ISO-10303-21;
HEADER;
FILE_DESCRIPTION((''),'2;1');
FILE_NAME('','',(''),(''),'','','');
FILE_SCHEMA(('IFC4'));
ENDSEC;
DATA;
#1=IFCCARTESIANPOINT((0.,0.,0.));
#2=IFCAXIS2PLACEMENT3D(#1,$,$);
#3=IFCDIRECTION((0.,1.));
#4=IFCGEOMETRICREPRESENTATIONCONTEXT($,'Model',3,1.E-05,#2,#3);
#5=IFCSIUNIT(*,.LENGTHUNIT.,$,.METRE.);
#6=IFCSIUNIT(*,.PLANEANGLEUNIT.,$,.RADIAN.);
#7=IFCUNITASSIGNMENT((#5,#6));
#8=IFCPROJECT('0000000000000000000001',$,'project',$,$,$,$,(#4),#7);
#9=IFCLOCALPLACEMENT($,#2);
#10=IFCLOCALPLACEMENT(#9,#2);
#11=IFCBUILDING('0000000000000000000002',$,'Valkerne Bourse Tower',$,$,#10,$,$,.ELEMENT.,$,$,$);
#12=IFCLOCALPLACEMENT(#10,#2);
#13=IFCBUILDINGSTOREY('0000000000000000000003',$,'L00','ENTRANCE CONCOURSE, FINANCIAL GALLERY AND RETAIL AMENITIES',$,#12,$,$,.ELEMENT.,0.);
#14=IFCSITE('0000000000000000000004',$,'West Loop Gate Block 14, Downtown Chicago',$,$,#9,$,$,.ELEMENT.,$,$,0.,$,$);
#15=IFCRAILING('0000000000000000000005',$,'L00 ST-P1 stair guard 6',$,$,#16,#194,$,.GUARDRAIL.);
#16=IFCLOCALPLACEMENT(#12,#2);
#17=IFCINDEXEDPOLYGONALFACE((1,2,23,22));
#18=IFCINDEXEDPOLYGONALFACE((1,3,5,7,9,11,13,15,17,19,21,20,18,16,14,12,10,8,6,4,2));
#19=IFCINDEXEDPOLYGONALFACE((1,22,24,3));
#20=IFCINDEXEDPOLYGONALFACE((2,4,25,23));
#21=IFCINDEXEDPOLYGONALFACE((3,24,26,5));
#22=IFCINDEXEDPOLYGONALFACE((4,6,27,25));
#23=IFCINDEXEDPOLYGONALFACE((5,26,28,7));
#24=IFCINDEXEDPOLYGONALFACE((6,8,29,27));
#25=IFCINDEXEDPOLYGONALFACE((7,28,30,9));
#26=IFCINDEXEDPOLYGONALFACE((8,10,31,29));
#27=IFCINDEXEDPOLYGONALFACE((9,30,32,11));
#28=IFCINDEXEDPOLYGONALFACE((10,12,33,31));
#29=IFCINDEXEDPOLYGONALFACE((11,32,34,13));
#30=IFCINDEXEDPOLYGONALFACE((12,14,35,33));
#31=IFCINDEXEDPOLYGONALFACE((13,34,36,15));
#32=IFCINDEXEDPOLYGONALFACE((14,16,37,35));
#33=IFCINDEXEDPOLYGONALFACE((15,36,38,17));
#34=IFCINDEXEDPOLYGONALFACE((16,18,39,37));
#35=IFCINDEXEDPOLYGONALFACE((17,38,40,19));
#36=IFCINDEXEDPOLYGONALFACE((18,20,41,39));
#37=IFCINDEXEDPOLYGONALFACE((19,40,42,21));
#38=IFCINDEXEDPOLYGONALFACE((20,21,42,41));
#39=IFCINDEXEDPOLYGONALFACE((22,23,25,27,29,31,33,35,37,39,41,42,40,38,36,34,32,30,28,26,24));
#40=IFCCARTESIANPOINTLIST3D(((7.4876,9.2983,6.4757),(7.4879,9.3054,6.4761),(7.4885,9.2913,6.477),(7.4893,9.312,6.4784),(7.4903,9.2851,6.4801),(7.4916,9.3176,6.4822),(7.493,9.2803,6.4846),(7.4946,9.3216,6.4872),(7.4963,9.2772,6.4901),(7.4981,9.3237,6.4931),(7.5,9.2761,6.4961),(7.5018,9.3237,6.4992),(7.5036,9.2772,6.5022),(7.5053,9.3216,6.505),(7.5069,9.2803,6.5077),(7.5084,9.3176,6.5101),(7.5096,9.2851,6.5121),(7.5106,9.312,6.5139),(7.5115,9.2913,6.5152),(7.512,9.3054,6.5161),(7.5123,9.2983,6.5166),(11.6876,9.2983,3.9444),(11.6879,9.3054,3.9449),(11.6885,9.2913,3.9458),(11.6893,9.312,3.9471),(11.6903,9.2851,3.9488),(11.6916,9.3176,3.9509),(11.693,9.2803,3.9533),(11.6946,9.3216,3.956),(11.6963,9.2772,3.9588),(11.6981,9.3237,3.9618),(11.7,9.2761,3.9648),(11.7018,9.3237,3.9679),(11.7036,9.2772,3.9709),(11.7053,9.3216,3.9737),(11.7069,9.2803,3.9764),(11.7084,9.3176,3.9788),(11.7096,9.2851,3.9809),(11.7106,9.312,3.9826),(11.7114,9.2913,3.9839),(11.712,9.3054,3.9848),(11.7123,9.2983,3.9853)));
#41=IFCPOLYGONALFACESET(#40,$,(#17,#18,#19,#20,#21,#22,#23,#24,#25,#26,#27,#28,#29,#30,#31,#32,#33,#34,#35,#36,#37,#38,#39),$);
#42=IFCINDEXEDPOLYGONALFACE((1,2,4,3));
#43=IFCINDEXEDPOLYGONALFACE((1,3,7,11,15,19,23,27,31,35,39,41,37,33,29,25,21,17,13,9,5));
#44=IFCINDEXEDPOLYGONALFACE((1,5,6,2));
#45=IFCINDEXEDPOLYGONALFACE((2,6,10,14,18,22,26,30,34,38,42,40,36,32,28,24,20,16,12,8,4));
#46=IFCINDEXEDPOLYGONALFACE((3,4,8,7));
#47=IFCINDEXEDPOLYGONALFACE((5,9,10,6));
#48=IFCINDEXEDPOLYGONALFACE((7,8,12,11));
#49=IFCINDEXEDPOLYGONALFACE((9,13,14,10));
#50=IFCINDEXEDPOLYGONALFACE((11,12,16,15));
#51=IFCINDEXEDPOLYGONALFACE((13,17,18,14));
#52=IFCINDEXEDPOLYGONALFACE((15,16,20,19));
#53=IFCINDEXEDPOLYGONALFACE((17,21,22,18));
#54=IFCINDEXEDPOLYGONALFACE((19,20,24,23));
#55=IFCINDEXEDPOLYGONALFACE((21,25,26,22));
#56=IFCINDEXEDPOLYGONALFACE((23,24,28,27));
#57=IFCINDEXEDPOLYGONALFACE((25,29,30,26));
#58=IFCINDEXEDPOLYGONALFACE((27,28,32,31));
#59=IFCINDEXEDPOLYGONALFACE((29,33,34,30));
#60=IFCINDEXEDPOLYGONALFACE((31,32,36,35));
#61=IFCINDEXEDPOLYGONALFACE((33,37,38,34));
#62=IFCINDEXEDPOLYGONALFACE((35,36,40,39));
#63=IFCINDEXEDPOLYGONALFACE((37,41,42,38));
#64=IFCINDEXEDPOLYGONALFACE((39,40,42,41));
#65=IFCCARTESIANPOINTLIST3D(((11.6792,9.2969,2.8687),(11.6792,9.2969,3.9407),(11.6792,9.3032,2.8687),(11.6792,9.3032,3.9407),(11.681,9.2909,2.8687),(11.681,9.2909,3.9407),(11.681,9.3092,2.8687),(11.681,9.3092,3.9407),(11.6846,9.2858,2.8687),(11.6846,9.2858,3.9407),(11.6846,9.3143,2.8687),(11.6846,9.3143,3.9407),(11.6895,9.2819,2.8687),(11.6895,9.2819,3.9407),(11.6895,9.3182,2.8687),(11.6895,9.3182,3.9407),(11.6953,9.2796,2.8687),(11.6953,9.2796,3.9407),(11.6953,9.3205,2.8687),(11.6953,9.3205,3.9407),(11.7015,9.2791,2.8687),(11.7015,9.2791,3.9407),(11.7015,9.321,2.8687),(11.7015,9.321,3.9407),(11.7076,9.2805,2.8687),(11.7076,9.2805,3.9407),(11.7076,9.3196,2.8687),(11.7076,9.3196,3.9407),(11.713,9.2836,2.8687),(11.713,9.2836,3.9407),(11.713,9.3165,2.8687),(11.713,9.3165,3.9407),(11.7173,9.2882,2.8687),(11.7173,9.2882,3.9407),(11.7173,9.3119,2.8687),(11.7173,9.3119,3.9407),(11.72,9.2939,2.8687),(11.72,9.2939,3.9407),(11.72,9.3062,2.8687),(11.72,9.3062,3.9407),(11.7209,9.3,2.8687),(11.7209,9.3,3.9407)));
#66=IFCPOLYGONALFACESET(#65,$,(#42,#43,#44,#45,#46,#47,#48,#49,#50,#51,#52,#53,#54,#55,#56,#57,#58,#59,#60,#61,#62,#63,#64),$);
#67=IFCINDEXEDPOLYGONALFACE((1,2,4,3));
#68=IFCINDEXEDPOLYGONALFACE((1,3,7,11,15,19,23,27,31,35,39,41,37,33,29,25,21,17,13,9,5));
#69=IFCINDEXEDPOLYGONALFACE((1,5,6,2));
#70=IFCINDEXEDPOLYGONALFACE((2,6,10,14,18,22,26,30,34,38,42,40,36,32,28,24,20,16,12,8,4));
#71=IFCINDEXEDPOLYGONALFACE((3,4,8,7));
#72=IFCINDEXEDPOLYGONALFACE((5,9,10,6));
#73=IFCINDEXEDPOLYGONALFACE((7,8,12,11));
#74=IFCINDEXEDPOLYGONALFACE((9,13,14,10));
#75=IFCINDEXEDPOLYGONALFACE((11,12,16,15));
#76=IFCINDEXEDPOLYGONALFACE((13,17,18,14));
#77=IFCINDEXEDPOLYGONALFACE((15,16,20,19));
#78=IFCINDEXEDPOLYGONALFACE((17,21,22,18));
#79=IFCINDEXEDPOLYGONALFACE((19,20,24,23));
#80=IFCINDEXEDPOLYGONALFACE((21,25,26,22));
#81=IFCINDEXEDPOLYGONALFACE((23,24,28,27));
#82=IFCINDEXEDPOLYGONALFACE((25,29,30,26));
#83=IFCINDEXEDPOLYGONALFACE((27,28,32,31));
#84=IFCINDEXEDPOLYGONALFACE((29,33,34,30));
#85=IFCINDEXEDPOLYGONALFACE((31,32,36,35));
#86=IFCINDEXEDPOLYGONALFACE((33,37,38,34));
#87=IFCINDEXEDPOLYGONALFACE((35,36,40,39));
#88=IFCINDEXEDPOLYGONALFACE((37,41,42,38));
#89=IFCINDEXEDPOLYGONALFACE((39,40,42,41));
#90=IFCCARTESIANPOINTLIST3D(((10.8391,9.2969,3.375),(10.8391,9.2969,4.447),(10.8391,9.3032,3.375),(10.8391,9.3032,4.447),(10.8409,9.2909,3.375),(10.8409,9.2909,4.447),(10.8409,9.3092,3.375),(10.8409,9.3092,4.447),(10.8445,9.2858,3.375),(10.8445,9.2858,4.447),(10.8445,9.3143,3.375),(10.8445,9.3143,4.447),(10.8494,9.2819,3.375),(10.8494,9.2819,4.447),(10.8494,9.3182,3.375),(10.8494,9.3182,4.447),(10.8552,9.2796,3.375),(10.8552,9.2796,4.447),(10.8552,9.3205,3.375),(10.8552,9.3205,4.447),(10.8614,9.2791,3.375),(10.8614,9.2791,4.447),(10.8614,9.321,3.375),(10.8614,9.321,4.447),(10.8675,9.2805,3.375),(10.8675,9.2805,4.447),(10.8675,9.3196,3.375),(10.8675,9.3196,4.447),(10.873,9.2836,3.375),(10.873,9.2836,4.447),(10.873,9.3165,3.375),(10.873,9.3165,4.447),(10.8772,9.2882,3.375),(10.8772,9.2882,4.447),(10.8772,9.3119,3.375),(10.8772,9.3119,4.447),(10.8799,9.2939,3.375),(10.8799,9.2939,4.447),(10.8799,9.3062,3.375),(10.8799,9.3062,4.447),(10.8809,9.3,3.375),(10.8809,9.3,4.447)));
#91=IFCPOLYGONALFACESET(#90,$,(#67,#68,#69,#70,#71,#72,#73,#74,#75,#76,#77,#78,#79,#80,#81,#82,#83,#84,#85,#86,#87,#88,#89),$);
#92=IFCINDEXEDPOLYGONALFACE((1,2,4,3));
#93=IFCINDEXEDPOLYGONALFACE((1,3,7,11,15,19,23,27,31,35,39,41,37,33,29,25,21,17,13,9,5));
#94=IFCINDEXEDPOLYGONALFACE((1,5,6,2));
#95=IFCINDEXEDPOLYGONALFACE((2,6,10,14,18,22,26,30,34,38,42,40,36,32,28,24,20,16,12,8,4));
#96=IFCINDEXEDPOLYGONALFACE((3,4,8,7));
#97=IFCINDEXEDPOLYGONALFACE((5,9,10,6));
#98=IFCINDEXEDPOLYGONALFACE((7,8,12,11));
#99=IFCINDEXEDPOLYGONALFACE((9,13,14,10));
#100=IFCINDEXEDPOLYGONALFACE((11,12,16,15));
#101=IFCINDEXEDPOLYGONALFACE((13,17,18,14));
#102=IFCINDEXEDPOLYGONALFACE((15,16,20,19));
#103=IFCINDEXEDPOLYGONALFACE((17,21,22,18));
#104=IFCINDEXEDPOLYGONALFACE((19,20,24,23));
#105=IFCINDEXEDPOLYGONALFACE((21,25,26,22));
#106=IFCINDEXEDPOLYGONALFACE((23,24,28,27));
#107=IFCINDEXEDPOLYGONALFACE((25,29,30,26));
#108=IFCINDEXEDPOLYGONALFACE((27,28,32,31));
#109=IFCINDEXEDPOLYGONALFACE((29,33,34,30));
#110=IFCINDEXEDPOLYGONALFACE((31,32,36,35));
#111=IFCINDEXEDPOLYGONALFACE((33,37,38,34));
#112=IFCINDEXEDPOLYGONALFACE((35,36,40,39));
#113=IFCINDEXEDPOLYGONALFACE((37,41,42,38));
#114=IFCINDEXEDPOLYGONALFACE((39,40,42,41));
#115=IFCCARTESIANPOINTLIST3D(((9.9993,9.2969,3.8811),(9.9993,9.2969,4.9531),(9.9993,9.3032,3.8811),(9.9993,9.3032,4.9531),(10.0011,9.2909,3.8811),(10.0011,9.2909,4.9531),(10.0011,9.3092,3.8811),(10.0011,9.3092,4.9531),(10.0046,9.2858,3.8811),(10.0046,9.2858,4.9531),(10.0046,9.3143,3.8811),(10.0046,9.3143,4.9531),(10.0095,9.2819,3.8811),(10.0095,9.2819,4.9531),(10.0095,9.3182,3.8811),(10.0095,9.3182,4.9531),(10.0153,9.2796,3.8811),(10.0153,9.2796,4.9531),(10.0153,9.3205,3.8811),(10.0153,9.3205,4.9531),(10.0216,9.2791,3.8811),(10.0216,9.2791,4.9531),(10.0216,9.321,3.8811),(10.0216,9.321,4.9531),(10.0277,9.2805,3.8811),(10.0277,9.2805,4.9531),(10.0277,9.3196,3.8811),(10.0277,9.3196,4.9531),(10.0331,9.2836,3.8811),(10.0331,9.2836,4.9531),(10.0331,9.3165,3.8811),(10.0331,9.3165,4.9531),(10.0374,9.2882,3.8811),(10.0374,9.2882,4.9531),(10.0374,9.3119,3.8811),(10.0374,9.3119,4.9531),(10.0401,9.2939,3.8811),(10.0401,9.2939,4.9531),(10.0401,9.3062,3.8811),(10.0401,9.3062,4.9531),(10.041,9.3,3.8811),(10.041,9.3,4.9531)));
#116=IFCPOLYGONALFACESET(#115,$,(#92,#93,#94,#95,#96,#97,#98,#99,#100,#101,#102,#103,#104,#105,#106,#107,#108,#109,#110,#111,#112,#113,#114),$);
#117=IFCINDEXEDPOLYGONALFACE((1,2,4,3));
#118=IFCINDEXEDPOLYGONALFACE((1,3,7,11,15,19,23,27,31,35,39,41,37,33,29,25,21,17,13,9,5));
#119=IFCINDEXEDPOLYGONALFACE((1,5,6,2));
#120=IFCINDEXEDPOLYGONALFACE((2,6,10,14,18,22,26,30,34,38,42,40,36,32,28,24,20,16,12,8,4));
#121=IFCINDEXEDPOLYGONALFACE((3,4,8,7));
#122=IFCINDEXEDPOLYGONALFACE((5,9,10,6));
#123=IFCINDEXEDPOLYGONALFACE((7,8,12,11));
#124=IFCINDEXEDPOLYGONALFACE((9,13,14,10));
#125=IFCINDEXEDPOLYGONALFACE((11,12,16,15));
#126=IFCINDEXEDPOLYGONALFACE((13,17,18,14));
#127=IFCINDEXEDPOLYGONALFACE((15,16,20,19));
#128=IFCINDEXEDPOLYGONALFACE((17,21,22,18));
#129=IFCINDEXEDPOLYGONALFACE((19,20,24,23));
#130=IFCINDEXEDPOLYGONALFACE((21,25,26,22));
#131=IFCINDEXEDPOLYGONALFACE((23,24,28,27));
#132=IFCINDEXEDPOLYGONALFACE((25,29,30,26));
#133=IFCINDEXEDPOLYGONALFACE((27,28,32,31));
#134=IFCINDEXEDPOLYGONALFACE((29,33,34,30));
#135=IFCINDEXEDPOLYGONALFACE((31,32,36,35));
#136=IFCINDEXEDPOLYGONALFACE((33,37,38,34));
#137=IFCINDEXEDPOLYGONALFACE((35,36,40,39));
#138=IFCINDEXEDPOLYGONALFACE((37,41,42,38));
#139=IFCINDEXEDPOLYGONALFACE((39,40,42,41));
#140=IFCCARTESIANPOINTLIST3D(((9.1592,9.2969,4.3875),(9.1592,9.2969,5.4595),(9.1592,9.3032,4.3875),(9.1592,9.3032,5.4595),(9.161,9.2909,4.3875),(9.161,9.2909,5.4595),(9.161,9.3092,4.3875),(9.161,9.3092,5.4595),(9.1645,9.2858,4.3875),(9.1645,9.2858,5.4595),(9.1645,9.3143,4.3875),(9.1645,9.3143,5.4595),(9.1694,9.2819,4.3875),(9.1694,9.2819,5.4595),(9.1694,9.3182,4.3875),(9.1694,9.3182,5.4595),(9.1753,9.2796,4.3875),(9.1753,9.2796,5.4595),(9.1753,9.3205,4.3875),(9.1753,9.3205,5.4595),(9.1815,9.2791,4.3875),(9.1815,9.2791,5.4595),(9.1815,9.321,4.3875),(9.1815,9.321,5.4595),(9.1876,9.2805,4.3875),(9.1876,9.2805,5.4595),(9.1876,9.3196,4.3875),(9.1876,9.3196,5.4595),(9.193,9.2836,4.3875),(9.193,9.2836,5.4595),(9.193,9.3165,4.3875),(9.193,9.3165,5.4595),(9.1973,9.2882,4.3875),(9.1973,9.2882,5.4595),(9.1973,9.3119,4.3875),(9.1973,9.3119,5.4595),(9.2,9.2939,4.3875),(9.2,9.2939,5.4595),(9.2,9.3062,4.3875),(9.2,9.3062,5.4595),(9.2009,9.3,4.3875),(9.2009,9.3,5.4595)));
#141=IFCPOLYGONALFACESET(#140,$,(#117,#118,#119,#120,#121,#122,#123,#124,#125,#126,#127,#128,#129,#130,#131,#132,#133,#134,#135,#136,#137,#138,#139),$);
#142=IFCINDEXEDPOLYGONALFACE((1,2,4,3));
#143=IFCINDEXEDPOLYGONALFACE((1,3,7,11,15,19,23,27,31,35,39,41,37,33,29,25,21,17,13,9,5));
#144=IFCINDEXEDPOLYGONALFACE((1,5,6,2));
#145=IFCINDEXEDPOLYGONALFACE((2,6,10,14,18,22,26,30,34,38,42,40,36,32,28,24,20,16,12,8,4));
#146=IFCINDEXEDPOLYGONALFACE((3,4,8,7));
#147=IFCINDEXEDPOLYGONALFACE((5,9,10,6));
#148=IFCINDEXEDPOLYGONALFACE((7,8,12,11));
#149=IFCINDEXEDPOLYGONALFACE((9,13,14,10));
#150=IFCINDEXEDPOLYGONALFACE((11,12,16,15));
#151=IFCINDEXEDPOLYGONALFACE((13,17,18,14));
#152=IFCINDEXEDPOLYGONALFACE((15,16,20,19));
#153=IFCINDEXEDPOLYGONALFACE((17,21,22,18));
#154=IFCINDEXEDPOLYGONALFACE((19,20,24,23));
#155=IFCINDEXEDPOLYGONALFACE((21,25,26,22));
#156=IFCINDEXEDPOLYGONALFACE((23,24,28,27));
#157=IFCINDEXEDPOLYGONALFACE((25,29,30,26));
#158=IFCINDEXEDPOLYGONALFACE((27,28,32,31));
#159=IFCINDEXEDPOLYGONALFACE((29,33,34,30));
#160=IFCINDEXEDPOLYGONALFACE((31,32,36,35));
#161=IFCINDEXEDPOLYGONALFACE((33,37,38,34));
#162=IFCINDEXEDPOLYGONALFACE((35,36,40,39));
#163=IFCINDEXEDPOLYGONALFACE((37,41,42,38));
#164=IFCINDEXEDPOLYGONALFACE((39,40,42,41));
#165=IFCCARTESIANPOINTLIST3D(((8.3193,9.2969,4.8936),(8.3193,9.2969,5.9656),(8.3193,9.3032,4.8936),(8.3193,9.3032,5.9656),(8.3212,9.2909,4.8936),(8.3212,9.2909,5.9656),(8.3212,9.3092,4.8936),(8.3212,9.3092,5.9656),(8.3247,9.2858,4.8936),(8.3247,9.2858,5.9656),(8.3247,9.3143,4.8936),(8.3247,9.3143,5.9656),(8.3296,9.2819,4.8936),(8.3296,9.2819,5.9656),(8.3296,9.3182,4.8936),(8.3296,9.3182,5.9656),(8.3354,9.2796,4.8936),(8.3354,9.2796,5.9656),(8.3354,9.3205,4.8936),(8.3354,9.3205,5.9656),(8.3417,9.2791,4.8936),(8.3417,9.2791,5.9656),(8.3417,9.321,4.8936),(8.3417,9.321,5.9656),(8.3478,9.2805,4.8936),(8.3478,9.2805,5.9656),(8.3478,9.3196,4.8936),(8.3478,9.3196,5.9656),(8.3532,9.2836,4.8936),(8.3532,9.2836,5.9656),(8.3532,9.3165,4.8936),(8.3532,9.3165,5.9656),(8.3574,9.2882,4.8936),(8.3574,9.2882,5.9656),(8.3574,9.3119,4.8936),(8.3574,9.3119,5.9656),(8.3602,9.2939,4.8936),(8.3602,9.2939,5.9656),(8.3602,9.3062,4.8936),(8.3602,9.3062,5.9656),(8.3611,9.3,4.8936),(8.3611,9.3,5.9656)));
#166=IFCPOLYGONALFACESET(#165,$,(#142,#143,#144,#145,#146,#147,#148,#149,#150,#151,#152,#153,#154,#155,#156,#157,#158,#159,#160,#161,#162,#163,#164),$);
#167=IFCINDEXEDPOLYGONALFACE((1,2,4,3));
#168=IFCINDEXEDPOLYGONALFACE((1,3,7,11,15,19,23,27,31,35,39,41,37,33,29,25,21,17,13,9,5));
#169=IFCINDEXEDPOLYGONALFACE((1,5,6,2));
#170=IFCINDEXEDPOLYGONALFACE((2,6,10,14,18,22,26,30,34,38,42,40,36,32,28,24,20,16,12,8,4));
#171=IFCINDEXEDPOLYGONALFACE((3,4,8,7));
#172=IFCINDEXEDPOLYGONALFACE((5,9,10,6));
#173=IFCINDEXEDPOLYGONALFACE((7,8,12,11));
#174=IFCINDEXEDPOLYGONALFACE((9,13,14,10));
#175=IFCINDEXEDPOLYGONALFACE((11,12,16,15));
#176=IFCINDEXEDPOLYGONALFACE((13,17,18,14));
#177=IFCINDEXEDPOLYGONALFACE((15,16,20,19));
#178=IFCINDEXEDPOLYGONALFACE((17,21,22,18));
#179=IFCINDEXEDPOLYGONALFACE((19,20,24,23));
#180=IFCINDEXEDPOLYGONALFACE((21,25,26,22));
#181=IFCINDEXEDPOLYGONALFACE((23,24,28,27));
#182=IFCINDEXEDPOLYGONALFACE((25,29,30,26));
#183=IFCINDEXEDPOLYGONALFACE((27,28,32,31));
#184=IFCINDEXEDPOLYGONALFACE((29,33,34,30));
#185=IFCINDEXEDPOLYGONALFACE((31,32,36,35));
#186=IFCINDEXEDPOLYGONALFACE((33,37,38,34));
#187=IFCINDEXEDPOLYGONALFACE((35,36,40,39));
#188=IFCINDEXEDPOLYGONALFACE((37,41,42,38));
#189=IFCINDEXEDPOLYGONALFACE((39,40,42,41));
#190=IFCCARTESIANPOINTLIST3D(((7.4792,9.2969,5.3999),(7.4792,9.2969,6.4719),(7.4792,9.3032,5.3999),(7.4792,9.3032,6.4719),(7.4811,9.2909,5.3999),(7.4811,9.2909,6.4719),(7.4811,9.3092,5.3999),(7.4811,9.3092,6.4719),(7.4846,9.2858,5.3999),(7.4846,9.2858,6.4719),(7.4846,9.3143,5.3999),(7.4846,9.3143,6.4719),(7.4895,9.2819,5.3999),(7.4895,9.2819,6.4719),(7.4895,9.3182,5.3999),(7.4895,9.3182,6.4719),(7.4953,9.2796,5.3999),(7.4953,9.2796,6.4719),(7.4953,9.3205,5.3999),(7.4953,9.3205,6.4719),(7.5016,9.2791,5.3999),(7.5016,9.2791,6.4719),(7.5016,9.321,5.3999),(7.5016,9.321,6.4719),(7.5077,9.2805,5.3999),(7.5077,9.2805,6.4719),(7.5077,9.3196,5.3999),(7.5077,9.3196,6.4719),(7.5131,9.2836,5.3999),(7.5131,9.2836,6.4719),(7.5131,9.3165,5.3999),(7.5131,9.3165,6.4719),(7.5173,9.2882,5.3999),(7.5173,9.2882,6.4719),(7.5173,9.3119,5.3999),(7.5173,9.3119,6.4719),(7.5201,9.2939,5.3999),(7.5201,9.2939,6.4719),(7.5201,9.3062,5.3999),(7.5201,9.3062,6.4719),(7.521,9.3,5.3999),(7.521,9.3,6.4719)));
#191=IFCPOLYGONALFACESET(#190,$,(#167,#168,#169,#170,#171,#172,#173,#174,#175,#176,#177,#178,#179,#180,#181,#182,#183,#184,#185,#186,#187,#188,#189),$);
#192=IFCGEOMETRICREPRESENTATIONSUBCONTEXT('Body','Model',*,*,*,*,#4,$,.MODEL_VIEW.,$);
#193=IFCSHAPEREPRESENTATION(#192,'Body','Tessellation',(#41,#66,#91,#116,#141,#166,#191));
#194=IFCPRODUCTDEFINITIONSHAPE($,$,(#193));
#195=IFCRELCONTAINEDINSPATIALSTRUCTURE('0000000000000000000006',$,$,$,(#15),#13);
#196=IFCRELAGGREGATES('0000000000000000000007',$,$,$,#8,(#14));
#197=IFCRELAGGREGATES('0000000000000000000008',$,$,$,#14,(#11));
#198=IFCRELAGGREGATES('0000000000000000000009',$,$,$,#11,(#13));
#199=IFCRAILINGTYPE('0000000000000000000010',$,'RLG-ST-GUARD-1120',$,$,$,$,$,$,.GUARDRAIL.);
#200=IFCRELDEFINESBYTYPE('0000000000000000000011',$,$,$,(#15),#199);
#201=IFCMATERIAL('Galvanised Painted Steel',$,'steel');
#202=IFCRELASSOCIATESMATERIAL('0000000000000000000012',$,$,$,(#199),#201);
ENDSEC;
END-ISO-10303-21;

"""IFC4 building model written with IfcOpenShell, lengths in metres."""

from ifc_helpers import new_model, si_unit, direction, frame, origin, origin_2d, place, context, subcontext, project, spatial, circle, extrude, material, type_object, element, save


model = new_model("IFC4")

# Units and contexts
model_context = context("Model", 3, precision=1e-05, world=origin(), true_north=direction((0.0, 1.0)))
body_context = subcontext(model_context, "Body", "Model", "MODEL_VIEW")
ifc_project = project(units=[si_unit("LENGTHUNIT", "METRE"), si_unit("PLANEANGLEUNIT", "RADIAN")], contexts=[model_context])

# Site, building, storey
site_placement = place(None, origin())
site = spatial("IfcSite", under=ifc_project, at=site_placement, Name="West Loop Gate Block 14, Downtown Chicago", CompositionType="ELEMENT", RefElevation=0.0)
building_placement = place(site_placement, origin())
building = spatial("IfcBuilding", under=site, at=building_placement, Name="Valkerne Bourse Tower", CompositionType="ELEMENT")
storey_placement = place(building_placement, origin())
storey = spatial("IfcBuildingStorey", under=building, at=storey_placement, Name="L00", Description="ENTRANCE CONCOURSE, FINANCIAL GALLERY AND RETAIL AMENITIES", CompositionType="ELEMENT", Elevation=0.0)

# Shared definitions
ifc_material_1 = material(Name="Galvanised Painted Steel", Category="steel")

# Railing
railing_type_1 = type_object("IfcRailingType", Name="RLG-ST-GUARD-1120", PredefinedType="GUARDRAIL", material=ifc_material_1)
railing_1_placement = place(storey_placement, frame((11.7, 9.3, 2.8687)))
element("IfcRailing", 1, at=railing_1_placement, inside=storey, type_object=railing_type_1, Name="L00 ST-P1 stair guard 6", PredefinedType="GUARDRAIL", context=body_context, shape_type="SweptSolid", body=[
    extrude(circle(Radius=0.0239, at=origin_2d()), frame((0.0, 0.0, 1.0962), z_axis=(-0.856476, 0.0, 0.516186), x_axis=(0.0, -1.0, 0.0)), (0.0, 0.0, 1.0), 4.9038),
    extrude(circle(Radius=0.021, at=origin_2d()), origin(), (0.0, 0.0, 1.0), 1.072),
    extrude(circle(Radius=0.021, at=origin_2d()), frame((-0.8401, 0.0, 0.5063)), (0.0, 0.0, 1.0), 1.072),
    extrude(circle(Radius=0.021, at=origin_2d()), frame((-1.6799, 0.0, 1.0125)), (0.0, 0.0, 1.0), 1.072),
    extrude(circle(Radius=0.021, at=origin_2d()), frame((-2.52, 0.0, 1.5188)), (0.0, 0.0, 1.0), 1.072),
    extrude(circle(Radius=0.021, at=origin_2d()), frame((-3.3599, 0.0, 2.0249)), (0.0, 0.0, 1.0), 1.072),
    extrude(circle(Radius=0.021, at=origin_2d()), frame((-4.2, 0.0, 2.5312)), (0.0, 0.0, 1.0), 1.072),
])

save(model, "model.ifc")
